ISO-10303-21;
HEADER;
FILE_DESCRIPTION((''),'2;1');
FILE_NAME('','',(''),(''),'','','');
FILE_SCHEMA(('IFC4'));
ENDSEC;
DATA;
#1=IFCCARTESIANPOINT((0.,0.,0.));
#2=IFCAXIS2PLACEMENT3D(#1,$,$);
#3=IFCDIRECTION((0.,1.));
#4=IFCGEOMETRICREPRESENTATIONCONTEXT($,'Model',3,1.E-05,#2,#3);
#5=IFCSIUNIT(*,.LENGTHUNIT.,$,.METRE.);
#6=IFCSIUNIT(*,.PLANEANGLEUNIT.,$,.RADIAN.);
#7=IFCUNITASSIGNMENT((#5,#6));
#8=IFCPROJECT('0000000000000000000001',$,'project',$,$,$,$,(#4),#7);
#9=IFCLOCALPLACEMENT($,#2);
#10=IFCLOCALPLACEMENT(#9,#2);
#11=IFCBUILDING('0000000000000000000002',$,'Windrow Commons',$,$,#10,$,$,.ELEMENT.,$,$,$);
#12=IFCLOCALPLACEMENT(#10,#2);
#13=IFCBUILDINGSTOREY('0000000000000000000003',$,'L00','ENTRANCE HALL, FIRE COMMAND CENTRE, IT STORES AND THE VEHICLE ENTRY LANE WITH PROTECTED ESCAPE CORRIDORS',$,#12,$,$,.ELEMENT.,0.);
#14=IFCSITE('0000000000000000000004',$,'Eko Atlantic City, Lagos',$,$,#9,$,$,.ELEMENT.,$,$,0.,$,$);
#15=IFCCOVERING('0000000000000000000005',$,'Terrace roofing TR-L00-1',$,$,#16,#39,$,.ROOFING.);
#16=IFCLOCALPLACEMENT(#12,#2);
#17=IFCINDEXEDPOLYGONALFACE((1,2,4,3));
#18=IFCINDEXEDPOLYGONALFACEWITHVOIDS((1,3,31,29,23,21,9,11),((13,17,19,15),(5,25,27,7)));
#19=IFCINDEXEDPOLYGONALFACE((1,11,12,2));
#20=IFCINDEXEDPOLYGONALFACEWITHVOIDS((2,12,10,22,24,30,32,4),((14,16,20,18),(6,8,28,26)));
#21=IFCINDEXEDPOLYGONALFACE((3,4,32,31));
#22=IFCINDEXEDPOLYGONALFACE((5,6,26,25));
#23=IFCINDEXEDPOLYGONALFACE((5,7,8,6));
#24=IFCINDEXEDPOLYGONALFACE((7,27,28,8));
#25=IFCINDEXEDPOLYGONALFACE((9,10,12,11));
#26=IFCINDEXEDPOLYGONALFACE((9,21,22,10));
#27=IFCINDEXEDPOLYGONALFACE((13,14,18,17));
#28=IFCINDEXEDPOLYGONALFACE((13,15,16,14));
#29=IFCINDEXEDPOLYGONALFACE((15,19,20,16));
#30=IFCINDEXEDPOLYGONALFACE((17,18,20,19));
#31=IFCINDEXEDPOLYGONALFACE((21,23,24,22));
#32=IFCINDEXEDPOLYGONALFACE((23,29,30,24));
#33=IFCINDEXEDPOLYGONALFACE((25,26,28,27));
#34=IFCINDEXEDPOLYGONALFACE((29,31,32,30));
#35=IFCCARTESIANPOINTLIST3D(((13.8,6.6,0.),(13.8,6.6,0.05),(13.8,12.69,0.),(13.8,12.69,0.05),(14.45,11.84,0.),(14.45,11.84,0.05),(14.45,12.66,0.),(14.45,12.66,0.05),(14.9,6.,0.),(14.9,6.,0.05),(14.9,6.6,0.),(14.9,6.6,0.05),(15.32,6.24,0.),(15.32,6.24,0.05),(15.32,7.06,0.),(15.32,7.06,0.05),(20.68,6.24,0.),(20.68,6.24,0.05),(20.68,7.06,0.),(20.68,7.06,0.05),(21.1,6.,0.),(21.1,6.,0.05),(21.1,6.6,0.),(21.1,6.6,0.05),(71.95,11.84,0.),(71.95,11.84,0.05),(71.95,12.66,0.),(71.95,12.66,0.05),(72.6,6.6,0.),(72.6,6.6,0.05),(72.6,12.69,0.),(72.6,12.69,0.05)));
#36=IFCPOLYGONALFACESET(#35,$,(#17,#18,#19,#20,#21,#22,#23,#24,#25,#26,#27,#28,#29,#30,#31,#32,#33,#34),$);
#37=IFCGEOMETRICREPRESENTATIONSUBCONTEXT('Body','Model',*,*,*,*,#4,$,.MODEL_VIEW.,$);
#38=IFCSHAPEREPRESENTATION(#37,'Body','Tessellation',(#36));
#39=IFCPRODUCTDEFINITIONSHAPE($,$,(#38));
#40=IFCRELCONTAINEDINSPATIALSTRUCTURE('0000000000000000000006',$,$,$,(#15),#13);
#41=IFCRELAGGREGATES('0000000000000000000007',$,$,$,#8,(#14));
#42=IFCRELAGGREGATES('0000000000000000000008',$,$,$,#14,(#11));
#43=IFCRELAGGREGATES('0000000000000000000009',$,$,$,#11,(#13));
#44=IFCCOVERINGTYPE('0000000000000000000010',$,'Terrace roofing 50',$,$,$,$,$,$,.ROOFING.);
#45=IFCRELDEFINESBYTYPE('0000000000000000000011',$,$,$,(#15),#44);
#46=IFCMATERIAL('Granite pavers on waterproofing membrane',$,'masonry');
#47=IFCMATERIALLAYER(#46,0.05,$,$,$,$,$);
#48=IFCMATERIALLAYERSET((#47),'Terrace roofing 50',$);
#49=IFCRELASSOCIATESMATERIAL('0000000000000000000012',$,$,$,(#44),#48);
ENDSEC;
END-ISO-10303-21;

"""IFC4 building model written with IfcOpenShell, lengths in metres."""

from ifc_helpers import new_model, si_unit, direction, origin, place, context, subcontext, project, spatial, polyline, outline, extrude, material, layer, layer_set, type_object, element, save


model = new_model("IFC4")

# Units and contexts
model_context = context("Model", 3, precision=1e-05, world=origin(), true_north=direction((0.0, 1.0)))
body_context = subcontext(model_context, "Body", "Model", "MODEL_VIEW")
ifc_project = project(units=[si_unit("LENGTHUNIT", "METRE"), si_unit("PLANEANGLEUNIT", "RADIAN")], contexts=[model_context])

# Site, building, storey
site_placement = place(None, origin())
site = spatial("IfcSite", under=ifc_project, at=site_placement, Name="Eko Atlantic City, Lagos", CompositionType="ELEMENT", RefElevation=0.0)
building_placement = place(site_placement, origin())
building = spatial("IfcBuilding", under=site, at=building_placement, Name="Windrow Commons", CompositionType="ELEMENT")
storey_placement = place(building_placement, origin())
storey = spatial("IfcBuildingStorey", under=building, at=storey_placement, Name="L00", Description="ENTRANCE HALL, FIRE COMMAND CENTRE, IT STORES AND THE VEHICLE ENTRY LANE WITH PROTECTED ESCAPE CORRIDORS", CompositionType="ELEMENT", Elevation=0.0)

# Shared definitions
placement_1 = place(storey_placement, origin())

# Covering
ifc_material_1 = material(Name="Granite pavers on waterproofing membrane", Category="masonry")
ifc_layer_1 = layer(ifc_material_1, 0.05)
ifc_layer_set_1 = layer_set([ifc_layer_1], Name="Terrace roofing 50")
covering_type = type_object("IfcCoveringType", Name="Terrace roofing 50", PredefinedType="ROOFING", material=ifc_layer_set_1)
element("IfcCovering", 1, at=placement_1, inside=storey, type_object=covering_type, Name="Terrace roofing TR-L00-1", PredefinedType="ROOFING", context=body_context, shape_type="SweptSolid", body=[
    extrude(outline(polyline([(14.9, 6.0), (14.9, 6.6), (13.8, 6.6), (13.8, 12.69), (72.6, 12.69), (72.6, 6.6), (21.1, 6.6), (21.1, 6.0), (14.9, 6.0)]), holes=[polyline([(20.68, 6.24), (20.68, 7.06), (15.32, 7.06), (15.32, 6.24), (20.68, 6.24)]), polyline([(71.95, 12.66), (14.45, 12.66), (14.45, 11.84), (71.95, 11.84), (71.95, 12.66)])]), origin(), (0.0, 0.0, 1.0), 0.05),
])

save(model, "model.ifc")
